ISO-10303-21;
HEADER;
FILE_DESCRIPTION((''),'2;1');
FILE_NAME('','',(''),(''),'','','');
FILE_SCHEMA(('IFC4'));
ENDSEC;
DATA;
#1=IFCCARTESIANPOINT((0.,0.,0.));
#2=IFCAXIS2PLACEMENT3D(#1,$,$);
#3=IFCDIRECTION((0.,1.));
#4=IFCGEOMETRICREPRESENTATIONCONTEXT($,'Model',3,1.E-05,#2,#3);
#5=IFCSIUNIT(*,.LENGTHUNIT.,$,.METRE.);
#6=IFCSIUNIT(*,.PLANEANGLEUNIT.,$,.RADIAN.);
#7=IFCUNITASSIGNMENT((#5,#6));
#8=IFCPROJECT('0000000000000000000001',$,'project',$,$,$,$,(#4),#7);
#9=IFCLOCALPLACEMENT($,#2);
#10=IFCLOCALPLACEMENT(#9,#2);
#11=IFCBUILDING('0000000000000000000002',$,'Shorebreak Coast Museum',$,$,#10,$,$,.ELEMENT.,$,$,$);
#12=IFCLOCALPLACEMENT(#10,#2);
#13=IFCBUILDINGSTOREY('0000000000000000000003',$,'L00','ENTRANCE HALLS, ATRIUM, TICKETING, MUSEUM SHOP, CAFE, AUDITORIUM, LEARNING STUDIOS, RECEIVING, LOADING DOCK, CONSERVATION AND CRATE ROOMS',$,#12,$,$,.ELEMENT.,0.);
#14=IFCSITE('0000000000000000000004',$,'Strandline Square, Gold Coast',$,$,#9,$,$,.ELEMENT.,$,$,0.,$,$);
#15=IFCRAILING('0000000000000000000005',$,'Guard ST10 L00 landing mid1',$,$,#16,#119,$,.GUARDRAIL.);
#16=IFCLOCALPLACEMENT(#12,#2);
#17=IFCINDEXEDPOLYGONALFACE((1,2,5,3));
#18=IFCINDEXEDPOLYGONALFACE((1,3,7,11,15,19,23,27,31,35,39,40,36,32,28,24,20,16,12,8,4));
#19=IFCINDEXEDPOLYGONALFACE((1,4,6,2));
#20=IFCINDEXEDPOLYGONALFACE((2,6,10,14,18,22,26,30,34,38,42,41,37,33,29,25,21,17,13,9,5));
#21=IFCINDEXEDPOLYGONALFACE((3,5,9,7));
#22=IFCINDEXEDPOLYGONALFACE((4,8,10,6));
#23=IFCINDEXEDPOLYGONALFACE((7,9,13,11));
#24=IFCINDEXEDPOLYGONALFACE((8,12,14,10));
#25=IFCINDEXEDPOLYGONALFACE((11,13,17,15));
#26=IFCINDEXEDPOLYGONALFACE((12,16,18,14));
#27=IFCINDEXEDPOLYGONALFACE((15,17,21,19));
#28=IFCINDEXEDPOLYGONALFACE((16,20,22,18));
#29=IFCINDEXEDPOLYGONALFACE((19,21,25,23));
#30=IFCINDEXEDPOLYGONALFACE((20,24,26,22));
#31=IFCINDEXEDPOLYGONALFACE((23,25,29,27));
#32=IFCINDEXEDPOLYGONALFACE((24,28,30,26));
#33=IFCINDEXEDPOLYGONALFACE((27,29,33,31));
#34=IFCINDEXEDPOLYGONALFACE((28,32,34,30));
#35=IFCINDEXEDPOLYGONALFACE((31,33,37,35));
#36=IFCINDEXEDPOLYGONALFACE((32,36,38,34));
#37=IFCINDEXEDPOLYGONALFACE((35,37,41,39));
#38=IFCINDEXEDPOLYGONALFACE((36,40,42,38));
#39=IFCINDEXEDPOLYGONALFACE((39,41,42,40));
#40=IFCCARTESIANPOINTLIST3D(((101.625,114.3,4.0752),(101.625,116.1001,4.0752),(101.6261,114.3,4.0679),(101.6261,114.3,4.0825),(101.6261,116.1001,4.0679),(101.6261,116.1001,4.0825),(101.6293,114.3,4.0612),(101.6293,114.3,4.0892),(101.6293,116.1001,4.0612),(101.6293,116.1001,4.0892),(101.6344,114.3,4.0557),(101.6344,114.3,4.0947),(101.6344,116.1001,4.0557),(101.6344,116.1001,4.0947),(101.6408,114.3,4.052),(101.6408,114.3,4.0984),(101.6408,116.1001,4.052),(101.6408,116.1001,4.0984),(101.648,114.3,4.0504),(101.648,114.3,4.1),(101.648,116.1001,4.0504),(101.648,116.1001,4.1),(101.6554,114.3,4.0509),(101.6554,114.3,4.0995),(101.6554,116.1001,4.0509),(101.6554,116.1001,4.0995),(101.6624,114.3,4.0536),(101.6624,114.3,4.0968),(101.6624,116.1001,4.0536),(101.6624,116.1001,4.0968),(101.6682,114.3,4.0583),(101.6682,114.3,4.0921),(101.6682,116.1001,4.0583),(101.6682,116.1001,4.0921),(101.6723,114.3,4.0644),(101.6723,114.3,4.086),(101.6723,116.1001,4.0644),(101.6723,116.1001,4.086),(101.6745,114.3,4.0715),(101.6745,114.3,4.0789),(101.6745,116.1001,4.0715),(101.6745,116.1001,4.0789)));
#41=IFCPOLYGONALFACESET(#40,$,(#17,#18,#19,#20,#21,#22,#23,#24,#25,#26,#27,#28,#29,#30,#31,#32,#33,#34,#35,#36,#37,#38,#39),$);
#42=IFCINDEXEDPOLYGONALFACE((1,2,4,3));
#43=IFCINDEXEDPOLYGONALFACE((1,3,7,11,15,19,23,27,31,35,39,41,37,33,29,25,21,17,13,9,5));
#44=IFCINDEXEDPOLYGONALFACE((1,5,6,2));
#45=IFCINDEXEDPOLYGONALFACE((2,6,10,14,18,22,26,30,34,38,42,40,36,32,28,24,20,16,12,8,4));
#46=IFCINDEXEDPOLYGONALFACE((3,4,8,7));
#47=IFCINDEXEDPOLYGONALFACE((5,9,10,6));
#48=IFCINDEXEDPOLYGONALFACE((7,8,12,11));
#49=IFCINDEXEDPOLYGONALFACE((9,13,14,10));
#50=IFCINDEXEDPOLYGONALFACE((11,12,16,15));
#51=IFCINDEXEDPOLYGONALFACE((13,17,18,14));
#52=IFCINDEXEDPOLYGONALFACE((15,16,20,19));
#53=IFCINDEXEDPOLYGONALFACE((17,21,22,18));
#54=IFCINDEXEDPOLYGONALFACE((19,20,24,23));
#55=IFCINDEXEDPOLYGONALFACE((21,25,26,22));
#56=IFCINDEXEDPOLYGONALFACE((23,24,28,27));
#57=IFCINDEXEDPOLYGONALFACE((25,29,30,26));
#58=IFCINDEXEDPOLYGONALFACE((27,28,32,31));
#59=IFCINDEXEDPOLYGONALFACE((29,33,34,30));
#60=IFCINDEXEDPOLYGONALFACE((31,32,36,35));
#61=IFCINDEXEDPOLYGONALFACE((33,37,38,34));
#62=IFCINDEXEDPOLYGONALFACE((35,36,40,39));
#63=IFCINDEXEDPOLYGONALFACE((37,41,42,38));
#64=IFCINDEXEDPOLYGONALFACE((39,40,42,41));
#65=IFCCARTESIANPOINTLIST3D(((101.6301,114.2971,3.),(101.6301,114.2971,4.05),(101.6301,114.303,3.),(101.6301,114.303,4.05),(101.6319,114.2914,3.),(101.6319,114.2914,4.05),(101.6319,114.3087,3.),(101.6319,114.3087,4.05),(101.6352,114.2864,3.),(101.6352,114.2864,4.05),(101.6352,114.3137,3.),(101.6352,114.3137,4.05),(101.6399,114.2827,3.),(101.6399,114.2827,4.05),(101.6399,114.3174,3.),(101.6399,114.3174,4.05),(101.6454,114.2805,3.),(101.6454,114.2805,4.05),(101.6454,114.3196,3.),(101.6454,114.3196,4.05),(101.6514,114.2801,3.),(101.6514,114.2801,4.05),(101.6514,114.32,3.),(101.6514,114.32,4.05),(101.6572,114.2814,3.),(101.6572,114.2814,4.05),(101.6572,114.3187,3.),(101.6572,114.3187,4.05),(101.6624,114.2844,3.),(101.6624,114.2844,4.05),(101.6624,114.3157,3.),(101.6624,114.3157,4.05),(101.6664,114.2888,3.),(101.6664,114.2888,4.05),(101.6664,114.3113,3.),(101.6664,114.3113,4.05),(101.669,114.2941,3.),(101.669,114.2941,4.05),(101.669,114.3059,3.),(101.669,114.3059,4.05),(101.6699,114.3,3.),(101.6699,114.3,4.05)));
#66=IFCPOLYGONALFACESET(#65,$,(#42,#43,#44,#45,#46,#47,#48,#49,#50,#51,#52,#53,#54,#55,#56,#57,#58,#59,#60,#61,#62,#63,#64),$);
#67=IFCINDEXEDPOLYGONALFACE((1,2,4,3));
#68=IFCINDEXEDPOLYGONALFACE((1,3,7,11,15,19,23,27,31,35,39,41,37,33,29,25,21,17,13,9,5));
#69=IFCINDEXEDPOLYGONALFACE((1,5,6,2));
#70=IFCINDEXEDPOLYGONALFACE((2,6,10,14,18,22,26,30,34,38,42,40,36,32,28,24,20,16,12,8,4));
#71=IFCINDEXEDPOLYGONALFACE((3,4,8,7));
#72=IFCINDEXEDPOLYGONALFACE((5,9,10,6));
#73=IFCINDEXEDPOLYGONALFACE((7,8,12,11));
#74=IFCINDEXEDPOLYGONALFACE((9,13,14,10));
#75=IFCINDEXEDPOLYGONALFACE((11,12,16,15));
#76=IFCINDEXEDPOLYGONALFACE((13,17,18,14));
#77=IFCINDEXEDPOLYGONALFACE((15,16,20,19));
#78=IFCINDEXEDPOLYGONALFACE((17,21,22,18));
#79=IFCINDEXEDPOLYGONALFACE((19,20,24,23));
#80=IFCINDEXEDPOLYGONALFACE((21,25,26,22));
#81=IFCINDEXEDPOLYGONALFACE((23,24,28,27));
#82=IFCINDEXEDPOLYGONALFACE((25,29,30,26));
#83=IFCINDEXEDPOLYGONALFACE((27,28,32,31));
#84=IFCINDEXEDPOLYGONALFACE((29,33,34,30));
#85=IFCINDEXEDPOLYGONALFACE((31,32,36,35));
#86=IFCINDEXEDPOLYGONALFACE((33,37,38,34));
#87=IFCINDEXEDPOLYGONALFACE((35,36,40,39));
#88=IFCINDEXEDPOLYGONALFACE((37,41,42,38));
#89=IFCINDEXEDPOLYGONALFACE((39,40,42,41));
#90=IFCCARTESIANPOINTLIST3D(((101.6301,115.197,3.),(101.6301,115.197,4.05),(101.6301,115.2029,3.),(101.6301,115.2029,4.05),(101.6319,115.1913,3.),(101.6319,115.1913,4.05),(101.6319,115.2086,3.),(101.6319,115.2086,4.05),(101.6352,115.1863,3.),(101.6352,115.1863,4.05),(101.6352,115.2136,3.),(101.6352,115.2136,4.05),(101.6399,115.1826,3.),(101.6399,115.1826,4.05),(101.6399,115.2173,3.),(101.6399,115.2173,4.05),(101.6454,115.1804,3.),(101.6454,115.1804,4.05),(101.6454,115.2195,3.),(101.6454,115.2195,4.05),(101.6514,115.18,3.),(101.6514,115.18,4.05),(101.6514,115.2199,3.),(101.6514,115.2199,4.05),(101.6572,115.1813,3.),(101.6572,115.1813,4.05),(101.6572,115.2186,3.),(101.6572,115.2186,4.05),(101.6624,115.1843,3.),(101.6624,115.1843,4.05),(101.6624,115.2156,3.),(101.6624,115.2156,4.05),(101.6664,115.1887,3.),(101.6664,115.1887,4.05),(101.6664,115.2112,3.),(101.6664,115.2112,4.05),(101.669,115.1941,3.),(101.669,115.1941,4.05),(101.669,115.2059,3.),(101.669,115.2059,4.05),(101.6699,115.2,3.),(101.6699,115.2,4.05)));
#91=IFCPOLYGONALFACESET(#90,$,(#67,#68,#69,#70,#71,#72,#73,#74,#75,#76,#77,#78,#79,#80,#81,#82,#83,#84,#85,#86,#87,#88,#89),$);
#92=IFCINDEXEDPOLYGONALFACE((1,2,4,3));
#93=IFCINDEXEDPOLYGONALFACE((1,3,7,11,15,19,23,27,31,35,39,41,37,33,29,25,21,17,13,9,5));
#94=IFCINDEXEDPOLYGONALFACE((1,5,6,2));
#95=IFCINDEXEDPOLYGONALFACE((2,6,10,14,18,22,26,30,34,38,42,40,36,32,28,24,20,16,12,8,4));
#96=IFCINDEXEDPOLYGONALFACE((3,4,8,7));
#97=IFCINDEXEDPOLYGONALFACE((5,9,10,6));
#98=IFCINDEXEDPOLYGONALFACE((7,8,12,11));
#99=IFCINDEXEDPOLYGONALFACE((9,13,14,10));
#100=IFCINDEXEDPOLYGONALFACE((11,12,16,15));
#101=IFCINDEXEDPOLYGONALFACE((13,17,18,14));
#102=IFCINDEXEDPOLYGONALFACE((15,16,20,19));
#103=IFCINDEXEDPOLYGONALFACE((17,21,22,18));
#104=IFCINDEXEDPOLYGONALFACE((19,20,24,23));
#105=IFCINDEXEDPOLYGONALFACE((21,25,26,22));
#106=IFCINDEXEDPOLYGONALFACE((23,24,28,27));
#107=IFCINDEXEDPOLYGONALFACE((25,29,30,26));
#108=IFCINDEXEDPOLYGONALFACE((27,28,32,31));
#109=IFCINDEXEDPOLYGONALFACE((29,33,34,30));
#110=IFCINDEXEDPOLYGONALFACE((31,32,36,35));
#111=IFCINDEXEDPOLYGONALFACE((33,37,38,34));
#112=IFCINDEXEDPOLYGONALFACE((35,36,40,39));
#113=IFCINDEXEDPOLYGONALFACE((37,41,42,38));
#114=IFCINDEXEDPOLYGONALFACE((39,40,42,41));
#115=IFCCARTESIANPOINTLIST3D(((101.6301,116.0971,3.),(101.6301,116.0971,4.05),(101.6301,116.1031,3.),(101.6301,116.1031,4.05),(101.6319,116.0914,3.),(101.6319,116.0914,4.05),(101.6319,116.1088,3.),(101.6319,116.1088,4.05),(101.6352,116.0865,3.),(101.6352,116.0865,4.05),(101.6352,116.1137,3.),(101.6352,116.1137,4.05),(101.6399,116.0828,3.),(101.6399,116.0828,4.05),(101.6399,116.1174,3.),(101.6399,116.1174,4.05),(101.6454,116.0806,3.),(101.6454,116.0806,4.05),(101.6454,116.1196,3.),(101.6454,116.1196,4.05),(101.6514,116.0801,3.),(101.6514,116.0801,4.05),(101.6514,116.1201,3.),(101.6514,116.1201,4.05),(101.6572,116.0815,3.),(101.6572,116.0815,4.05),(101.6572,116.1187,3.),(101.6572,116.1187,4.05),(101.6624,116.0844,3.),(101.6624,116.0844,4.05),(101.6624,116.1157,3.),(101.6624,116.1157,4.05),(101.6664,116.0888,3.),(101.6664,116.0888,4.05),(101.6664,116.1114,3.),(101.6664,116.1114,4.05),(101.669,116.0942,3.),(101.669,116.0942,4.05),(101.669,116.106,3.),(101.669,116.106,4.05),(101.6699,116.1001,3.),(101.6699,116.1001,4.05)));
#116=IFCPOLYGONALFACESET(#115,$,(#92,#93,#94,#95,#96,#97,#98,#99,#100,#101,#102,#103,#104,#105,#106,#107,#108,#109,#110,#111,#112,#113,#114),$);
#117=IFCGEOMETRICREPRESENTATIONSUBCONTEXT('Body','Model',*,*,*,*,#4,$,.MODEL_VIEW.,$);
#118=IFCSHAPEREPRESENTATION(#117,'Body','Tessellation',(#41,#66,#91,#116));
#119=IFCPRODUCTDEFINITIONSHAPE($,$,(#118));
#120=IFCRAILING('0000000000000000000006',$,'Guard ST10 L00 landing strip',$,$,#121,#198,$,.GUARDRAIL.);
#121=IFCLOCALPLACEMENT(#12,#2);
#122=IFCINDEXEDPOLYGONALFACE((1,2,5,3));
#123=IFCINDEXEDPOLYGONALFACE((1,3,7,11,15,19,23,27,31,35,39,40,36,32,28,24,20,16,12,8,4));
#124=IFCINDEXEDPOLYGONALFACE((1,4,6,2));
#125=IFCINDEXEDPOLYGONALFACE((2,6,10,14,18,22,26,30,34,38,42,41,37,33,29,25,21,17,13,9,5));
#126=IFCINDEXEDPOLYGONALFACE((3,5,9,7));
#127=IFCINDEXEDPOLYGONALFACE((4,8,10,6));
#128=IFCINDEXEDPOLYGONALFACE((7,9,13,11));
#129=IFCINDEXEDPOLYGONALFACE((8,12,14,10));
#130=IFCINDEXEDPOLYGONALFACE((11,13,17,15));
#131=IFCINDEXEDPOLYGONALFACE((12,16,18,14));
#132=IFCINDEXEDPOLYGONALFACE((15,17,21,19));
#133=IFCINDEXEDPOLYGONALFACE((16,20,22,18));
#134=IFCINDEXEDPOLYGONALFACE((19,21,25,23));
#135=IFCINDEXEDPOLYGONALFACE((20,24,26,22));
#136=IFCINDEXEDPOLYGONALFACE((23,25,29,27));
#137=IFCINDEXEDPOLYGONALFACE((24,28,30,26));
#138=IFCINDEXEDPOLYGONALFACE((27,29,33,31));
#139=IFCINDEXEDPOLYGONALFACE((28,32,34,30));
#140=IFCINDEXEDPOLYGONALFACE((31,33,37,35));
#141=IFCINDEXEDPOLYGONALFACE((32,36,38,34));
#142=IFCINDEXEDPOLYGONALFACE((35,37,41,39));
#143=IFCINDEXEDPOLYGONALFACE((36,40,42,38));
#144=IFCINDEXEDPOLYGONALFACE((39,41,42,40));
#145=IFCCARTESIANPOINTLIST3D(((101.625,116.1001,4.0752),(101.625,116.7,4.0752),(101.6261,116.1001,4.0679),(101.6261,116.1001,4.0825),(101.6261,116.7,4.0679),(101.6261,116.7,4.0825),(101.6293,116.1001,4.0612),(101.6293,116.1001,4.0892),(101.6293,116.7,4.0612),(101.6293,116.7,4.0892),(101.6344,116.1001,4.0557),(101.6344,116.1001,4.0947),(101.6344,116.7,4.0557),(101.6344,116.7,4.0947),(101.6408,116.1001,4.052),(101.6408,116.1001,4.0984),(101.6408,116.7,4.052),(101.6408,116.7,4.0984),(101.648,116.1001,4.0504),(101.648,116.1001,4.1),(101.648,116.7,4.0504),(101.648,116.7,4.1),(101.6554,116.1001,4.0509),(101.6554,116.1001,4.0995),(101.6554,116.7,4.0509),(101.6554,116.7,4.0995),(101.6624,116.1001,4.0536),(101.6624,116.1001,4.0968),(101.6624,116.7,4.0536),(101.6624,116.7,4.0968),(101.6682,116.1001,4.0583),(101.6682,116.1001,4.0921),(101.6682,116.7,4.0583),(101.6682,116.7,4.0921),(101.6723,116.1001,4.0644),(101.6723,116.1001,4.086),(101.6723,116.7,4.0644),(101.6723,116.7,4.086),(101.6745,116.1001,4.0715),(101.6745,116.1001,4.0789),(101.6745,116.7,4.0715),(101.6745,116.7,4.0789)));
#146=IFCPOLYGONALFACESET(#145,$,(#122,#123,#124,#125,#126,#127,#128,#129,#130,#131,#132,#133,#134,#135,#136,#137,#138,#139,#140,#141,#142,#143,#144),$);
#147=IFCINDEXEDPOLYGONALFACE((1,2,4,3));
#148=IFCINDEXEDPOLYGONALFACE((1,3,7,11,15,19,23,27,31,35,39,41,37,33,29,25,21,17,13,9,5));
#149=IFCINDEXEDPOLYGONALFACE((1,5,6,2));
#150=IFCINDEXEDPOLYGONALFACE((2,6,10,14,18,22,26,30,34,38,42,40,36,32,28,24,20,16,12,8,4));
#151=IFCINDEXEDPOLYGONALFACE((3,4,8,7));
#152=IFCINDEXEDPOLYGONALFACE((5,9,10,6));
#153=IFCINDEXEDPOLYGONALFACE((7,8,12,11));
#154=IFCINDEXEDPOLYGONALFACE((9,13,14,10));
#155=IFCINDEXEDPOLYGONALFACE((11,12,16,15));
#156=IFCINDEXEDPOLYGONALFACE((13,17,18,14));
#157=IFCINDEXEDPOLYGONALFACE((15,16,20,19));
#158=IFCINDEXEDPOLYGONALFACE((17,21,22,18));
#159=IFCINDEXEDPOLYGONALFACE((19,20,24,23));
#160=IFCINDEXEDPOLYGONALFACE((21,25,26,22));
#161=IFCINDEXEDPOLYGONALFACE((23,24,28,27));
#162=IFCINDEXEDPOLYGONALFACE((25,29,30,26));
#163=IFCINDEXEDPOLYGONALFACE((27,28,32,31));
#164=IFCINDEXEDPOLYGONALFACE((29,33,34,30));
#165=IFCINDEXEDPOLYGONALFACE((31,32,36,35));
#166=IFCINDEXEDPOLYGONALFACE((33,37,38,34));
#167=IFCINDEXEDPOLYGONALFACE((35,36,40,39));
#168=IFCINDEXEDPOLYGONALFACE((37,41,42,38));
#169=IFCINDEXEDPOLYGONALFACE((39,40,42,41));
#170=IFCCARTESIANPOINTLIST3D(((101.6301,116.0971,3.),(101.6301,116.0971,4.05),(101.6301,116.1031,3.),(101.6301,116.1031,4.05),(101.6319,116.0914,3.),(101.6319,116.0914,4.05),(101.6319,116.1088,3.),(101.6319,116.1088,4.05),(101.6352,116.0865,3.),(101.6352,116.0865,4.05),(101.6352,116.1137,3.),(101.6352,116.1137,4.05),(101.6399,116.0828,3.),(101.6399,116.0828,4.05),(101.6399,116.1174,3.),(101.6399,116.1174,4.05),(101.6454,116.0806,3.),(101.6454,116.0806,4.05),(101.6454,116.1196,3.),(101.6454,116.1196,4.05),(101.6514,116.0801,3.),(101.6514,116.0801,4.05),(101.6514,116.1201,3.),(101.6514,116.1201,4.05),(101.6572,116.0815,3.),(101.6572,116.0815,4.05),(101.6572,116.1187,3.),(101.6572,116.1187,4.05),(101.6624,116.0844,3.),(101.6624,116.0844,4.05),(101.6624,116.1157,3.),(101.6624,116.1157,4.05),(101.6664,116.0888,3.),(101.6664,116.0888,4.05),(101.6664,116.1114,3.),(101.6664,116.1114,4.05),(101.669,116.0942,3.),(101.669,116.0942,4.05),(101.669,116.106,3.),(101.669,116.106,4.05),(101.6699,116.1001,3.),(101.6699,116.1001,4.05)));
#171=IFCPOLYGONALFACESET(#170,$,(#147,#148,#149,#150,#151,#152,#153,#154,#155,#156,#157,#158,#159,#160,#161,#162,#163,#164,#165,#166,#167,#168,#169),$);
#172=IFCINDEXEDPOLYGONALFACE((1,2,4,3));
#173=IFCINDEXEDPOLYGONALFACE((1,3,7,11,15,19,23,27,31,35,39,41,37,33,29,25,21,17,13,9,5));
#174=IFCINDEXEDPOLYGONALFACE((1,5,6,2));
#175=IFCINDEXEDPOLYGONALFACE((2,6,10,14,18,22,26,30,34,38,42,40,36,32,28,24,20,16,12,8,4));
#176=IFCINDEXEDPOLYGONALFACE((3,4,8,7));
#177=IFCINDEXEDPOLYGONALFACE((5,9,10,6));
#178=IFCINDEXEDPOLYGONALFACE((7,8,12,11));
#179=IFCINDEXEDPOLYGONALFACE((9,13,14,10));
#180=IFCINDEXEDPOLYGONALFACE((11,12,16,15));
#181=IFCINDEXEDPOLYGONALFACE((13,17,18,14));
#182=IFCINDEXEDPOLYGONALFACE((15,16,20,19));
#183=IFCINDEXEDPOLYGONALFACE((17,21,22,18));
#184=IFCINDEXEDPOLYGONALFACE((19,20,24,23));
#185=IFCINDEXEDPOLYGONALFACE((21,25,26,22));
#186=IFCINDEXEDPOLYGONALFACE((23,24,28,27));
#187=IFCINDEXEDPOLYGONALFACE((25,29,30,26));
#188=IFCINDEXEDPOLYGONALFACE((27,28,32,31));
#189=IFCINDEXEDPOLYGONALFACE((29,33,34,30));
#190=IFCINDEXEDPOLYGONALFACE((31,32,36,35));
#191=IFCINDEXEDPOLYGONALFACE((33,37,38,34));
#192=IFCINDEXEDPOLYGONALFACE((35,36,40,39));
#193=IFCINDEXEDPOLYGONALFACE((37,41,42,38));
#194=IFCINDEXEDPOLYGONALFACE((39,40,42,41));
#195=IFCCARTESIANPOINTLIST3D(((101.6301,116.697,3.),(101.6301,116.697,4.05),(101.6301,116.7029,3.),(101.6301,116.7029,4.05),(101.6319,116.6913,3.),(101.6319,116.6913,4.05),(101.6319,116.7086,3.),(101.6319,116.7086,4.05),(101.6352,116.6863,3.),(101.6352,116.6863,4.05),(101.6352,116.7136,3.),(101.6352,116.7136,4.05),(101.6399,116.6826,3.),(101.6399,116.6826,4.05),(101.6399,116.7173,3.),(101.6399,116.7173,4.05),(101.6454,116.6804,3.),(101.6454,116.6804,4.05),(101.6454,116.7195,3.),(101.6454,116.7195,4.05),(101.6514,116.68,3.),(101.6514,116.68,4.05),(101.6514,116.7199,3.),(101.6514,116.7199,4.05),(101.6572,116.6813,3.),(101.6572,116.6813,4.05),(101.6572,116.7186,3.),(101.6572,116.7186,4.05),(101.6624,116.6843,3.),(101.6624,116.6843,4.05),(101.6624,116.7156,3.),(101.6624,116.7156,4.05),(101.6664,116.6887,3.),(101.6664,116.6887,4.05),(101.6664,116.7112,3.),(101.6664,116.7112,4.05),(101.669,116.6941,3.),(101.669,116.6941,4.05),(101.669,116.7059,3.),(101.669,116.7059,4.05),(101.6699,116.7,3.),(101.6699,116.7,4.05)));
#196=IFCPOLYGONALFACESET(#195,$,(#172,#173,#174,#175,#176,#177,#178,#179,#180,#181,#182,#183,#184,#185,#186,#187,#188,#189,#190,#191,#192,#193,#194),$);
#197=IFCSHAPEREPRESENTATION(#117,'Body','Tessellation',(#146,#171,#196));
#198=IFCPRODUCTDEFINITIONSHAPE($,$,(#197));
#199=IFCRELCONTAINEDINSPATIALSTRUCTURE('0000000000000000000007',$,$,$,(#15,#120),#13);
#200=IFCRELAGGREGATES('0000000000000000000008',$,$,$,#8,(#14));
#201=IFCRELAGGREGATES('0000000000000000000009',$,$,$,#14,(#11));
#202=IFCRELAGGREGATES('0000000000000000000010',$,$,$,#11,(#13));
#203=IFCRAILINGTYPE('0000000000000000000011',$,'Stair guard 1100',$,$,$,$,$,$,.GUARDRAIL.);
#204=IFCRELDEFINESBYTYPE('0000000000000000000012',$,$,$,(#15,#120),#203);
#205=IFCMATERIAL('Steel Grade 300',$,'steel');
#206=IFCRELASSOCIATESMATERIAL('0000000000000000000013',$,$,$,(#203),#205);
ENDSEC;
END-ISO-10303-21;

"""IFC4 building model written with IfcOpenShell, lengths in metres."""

from ifc_helpers import new_model, si_unit, direction, frame, origin, origin_2d, place, context, subcontext, project, spatial, circle, extrude, material, type_object, element, save


model = new_model("IFC4")

# Units and contexts
model_context = context("Model", 3, precision=1e-05, world=origin(), true_north=direction((0.0, 1.0)))
body_context = subcontext(model_context, "Body", "Model", "MODEL_VIEW")
ifc_project = project(units=[si_unit("LENGTHUNIT", "METRE"), si_unit("PLANEANGLEUNIT", "RADIAN")], contexts=[model_context])

# Site, building, storey
site_placement = place(None, origin())
site = spatial("IfcSite", under=ifc_project, at=site_placement, Name="Strandline Square, Gold Coast", CompositionType="ELEMENT", RefElevation=0.0)
building_placement = place(site_placement, origin())
building = spatial("IfcBuilding", under=site, at=building_placement, Name="Shorebreak Coast Museum", CompositionType="ELEMENT")
storey_placement = place(building_placement, origin())
storey = spatial("IfcBuildingStorey", under=building, at=storey_placement, Name="L00", Description="ENTRANCE HALLS, ATRIUM, TICKETING, MUSEUM SHOP, CAFE, AUDITORIUM, LEARNING STUDIOS, RECEIVING, LOADING DOCK, CONSERVATION AND CRATE ROOMS", CompositionType="ELEMENT", Elevation=0.0)

# Railings
ifc_material_1 = material(Name="Steel Grade 300", Category="steel")
railing_type_1 = type_object("IfcRailingType", Name="Stair guard 1100", PredefinedType="GUARDRAIL", material=ifc_material_1)
railing_1_placement = place(storey_placement, frame((101.6499, 114.3, 3.0)))
element("IfcRailing", 1, at=railing_1_placement, inside=storey, type_object=railing_type_1, Name="Guard ST10 L00 landing mid1", PredefinedType="GUARDRAIL", context=body_context, shape_type="SweptSolid", body=[
    extrude(circle(Radius=0.0249, at=origin_2d()), frame((0.0, 0.0, 1.0752), z_axis=(0.0, 1.0, 0.0), x_axis=(-1.0, 0.0, 0.0)), (0.0, 0.0, 1.0), 1.8),
    extrude(circle(Radius=0.02, at=origin_2d()), origin(), (0.0, 0.0, 1.0), 1.05),
    extrude(circle(Radius=0.02, at=origin_2d()), frame((0.0, 0.8999, 0.0)), (0.0, 0.0, 1.0), 1.05),
    extrude(circle(Radius=0.02, at=origin_2d()), frame((0.0, 1.8, 0.0)), (0.0, 0.0, 1.0), 1.05),
])
railing_2_placement = place(storey_placement, frame((101.6499, 116.1001, 3.0)))
element("IfcRailing", 2, at=railing_2_placement, inside=storey, type_object=railing_type_1, Name="Guard ST10 L00 landing strip", PredefinedType="GUARDRAIL", context=body_context, shape_type="SweptSolid", body=[
    extrude(circle(Radius=0.0249, at=origin_2d()), frame((0.0, 0.0, 1.0752), z_axis=(0.0, 1.0, 0.0), x_axis=(-1.0, 0.0, 0.0)), (0.0, 0.0, 1.0), 0.5999),
    extrude(circle(Radius=0.02, at=origin_2d()), origin(), (0.0, 0.0, 1.0), 1.05),
    extrude(circle(Radius=0.02, at=origin_2d()), frame((0.0, 0.5999, 0.0)), (0.0, 0.0, 1.0), 1.05),
])

save(model, "model.ifc")
